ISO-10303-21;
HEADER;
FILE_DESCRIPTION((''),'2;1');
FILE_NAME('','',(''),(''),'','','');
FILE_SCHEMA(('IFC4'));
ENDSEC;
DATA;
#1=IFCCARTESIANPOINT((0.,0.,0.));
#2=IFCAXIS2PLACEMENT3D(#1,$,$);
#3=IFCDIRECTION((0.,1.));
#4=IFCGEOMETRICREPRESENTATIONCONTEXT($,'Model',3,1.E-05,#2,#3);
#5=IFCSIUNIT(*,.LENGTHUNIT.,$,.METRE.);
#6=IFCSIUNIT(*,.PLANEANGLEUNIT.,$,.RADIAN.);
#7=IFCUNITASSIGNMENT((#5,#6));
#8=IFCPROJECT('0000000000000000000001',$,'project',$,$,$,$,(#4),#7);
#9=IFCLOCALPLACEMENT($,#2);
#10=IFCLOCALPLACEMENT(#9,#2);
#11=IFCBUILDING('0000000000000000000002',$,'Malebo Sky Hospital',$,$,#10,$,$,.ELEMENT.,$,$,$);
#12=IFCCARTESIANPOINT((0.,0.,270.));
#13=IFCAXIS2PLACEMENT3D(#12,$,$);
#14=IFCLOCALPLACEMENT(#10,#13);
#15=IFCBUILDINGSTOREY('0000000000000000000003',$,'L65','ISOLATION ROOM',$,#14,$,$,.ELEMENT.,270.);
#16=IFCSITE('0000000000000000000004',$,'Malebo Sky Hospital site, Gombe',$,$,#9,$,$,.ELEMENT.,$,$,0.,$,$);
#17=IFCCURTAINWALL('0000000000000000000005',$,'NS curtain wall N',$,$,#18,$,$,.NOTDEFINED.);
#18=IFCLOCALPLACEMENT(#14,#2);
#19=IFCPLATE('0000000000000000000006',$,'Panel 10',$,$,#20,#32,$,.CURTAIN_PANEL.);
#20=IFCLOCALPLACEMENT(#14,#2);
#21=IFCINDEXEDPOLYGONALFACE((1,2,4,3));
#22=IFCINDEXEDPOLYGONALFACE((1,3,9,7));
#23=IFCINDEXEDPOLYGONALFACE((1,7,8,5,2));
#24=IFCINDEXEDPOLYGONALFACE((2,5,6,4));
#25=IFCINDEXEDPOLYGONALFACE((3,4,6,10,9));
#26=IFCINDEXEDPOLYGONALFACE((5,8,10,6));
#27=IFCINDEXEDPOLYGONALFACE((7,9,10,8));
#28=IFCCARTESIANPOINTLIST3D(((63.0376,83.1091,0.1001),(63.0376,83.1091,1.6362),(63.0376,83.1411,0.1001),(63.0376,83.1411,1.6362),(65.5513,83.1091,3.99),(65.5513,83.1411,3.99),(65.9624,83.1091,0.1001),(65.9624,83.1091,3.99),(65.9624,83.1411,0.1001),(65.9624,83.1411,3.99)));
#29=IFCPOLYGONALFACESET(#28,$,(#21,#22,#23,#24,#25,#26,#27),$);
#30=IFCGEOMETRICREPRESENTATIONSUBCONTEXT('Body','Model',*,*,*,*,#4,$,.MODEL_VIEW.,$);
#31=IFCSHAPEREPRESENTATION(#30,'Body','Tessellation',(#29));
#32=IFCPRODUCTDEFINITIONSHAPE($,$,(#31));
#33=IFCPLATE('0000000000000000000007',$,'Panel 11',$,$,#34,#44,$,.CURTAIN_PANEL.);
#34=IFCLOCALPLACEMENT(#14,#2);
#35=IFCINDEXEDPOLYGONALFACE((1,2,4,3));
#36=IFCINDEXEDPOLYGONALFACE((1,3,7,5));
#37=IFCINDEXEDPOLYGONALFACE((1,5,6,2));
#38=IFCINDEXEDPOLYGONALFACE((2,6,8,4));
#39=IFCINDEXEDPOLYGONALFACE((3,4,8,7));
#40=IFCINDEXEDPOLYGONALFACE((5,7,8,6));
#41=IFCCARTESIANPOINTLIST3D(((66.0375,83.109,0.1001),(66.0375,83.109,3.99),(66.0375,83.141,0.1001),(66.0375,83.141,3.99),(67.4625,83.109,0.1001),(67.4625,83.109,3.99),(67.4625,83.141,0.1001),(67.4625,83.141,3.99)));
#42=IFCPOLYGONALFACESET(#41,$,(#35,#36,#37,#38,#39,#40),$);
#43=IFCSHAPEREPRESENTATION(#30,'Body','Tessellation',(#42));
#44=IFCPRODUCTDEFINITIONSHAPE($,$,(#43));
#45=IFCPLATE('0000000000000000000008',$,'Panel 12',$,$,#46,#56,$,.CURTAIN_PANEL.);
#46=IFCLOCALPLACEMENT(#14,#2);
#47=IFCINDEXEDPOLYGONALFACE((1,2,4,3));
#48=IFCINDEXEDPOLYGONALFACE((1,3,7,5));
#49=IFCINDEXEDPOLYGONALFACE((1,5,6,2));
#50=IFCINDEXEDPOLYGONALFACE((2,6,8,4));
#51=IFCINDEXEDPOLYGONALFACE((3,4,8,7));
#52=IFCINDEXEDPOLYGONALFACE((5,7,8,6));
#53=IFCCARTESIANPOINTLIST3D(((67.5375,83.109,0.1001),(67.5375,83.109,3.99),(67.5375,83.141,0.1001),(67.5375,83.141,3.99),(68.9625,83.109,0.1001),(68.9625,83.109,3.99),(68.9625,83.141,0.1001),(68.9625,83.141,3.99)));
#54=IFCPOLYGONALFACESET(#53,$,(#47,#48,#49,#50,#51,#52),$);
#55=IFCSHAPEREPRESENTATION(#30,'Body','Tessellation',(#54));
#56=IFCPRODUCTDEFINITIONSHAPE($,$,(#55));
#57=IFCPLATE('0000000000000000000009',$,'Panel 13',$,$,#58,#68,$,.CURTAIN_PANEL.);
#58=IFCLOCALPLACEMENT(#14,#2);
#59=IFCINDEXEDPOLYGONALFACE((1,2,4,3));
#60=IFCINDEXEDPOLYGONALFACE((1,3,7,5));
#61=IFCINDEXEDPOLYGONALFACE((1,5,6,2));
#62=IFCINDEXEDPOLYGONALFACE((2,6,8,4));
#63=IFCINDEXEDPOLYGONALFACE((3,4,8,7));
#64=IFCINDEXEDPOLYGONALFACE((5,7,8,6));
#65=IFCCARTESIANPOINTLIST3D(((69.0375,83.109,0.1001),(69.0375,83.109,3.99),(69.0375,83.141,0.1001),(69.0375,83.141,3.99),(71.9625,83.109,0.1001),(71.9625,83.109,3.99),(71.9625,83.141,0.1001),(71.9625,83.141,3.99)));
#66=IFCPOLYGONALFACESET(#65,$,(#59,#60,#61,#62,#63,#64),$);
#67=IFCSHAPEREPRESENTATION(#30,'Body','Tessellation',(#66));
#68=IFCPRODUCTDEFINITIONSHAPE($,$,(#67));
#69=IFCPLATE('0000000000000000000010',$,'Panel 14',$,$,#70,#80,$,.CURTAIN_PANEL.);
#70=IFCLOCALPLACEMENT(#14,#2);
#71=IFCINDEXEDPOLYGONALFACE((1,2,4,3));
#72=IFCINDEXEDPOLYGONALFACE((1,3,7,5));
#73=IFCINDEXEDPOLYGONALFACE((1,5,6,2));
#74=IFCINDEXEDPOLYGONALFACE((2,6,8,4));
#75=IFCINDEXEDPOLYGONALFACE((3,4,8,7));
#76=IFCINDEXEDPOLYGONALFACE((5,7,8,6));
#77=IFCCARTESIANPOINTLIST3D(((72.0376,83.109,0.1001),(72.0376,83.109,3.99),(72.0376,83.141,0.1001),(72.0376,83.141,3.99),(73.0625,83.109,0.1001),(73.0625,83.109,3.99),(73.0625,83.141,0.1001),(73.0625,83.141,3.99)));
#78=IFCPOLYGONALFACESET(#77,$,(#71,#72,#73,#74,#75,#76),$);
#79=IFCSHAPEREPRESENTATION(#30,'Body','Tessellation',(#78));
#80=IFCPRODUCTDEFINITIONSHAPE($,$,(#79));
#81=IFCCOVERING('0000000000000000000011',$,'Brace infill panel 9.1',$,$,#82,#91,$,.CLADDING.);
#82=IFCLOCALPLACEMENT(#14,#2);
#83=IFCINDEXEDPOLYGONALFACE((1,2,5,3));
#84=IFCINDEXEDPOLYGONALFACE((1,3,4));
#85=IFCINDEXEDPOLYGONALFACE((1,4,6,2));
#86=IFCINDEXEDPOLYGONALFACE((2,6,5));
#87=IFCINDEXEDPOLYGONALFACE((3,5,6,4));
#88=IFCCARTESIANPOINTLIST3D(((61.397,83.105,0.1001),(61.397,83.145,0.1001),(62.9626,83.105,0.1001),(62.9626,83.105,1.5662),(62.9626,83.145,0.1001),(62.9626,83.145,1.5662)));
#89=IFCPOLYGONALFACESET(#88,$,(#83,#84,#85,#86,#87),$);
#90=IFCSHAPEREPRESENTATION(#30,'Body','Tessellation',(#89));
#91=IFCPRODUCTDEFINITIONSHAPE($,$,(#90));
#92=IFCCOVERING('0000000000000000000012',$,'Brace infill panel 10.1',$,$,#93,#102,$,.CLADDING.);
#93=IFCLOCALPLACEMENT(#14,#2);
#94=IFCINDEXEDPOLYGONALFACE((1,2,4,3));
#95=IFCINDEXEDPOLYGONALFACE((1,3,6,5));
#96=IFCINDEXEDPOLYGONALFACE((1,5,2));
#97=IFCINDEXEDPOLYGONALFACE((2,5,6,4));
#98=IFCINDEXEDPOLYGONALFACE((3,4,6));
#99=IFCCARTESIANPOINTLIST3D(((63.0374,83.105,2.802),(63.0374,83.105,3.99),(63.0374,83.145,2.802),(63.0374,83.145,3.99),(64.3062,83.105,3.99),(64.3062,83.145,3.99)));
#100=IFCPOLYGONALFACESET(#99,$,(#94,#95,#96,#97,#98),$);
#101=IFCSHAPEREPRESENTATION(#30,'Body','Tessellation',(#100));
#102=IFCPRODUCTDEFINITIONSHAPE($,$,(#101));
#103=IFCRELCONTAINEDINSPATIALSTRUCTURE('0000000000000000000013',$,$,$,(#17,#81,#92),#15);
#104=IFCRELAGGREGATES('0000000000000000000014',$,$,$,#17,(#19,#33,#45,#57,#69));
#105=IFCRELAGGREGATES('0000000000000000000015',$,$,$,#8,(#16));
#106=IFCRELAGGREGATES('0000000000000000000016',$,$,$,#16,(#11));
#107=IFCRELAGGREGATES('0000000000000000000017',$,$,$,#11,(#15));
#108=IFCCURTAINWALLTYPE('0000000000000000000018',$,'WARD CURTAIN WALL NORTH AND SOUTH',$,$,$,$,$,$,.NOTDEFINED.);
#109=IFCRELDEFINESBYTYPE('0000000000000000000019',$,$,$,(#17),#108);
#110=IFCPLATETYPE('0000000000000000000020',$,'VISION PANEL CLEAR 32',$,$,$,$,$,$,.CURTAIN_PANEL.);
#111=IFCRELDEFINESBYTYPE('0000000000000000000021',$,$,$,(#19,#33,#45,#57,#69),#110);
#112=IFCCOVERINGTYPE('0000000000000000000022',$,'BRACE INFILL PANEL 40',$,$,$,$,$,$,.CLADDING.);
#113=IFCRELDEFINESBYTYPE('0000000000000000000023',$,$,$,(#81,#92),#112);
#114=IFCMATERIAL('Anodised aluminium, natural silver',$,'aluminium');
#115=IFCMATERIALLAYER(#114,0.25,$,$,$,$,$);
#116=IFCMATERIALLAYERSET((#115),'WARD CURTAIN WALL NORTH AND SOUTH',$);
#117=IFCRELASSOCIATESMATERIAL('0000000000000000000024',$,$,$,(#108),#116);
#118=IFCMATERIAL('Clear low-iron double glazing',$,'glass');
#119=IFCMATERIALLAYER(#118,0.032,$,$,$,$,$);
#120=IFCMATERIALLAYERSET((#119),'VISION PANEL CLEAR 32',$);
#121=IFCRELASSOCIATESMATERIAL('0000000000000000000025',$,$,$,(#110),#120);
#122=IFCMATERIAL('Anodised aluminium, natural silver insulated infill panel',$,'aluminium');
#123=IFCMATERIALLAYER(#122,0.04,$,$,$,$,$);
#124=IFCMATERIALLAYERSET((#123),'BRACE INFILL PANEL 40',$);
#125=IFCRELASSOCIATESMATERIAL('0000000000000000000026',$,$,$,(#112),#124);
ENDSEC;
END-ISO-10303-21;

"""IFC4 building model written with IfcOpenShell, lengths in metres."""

from ifc_helpers import new_model, si_unit, direction, frame, origin, origin_2d, place, context, subcontext, project, spatial, polyline, rectangle, outline, extrude, material, layer, layer_set, type_object, element, aggregate, save


model = new_model("IFC4")

# Units and contexts
model_context = context("Model", 3, precision=1e-05, world=origin(), true_north=direction((0.0, 1.0)))
body_context = subcontext(model_context, "Body", "Model", "MODEL_VIEW")
ifc_project = project(units=[si_unit("LENGTHUNIT", "METRE"), si_unit("PLANEANGLEUNIT", "RADIAN")], contexts=[model_context])

# Site, building, storey
site_placement = place(None, origin())
site = spatial("IfcSite", under=ifc_project, at=site_placement, Name="Malebo Sky Hospital site, Gombe", CompositionType="ELEMENT", RefElevation=0.0)
building_placement = place(site_placement, origin())
building = spatial("IfcBuilding", under=site, at=building_placement, Name="Malebo Sky Hospital", CompositionType="ELEMENT")
storey_placement = place(building_placement, frame((0.0, 0.0, 270.0)))
storey = spatial("IfcBuildingStorey", under=building, at=storey_placement, Name="L65", Description="ISOLATION ROOM", CompositionType="ELEMENT", Elevation=270.0)

# Curtain wall
ifc_material_1 = material(Name="Anodised aluminium, natural silver", Category="aluminium")
ifc_layer_1 = layer(ifc_material_1, 0.25)
ifc_layer_set_1 = layer_set([ifc_layer_1], Name="WARD CURTAIN WALL NORTH AND SOUTH")
curtain_wall_type = type_object("IfcCurtainWallType", Name="WARD CURTAIN WALL NORTH AND SOUTH", PredefinedType="NOTDEFINED", material=ifc_layer_set_1)
curtain_wall_placement = place(storey_placement, origin())
curtain_wall = element("IfcCurtainWall", 1, at=curtain_wall_placement, inside=storey, type_object=curtain_wall_type, Name="NS curtain wall N", PredefinedType="NOTDEFINED")

# Plates
ifc_material_2 = material(Name="Clear low-iron double glazing", Category="glass")
ifc_layer_2 = layer(ifc_material_2, 0.032)
ifc_layer_set_2 = layer_set([ifc_layer_2], Name="VISION PANEL CLEAR 32")
plate_type = type_object("IfcPlateType", Name="VISION PANEL CLEAR 32", PredefinedType="CURTAIN_PANEL", material=ifc_layer_set_2)
plate_1_placement = place(storey_placement, frame((64.5, 83.125, 0.1001), z_axis=(0.0, 0.0, 1.0), x_axis=(1.0, 0.0, 0.0)))
plate_1 = element("IfcPlate", 2, at=plate_1_placement, type_object=plate_type, Name="Panel 10", PredefinedType="CURTAIN_PANEL", context=body_context, shape_type="SweptSolid", body=[
    extrude(outline(polyline([(-1.4624, 0.0), (1.4624, 0.0), (1.4624, 3.8899), (1.0513, 3.8899), (-1.4624, 1.5361), (-1.4624, 0.0)])), frame((0.0, 0.0161, 0.0), z_axis=(0.0, -1.0, 0.0), x_axis=(1.0, 0.0, 0.0)), (0.0, 0.0, 1.0), 0.032),
])
plate_2_placement = place(storey_placement, frame((66.75, 83.125, 0.1001), z_axis=(0.0, 0.0, 1.0), x_axis=(1.0, 0.0, 0.0)))
plate_2 = element("IfcPlate", 3, at=plate_2_placement, type_object=plate_type, Name="Panel 11", PredefinedType="CURTAIN_PANEL", context=body_context, shape_type="SweptSolid", body=[
    extrude(rectangle(XDim=1.425, YDim=0.032, at=origin_2d()), origin(), (0.0, 0.0, 1.0), 3.8899),
])
plate_3_placement = place(storey_placement, frame((68.25, 83.125, 0.1001), z_axis=(0.0, 0.0, 1.0), x_axis=(1.0, 0.0, 0.0)))
plate_3 = element("IfcPlate", 4, at=plate_3_placement, type_object=plate_type, Name="Panel 12", PredefinedType="CURTAIN_PANEL", context=body_context, shape_type="SweptSolid", body=[
    extrude(rectangle(XDim=1.425, YDim=0.032, at=origin_2d()), origin(), (0.0, 0.0, 1.0), 3.8899),
])
plate_4_placement = place(storey_placement, frame((70.5, 83.125, 0.1001), z_axis=(0.0, 0.0, 1.0), x_axis=(1.0, 0.0, 0.0)))
plate_4 = element("IfcPlate", 5, at=plate_4_placement, type_object=plate_type, Name="Panel 13", PredefinedType="CURTAIN_PANEL", context=body_context, shape_type="SweptSolid", body=[
    extrude(rectangle(XDim=2.925, YDim=0.032, at=origin_2d()), origin(), (0.0, 0.0, 1.0), 3.8899),
])
plate_5_placement = place(storey_placement, frame((72.55, 83.125, 0.1001), z_axis=(0.0, 0.0, 1.0), x_axis=(1.0, 0.0, 0.0)))
plate_5 = element("IfcPlate", 6, at=plate_5_placement, type_object=plate_type, Name="Panel 14", PredefinedType="CURTAIN_PANEL", context=body_context, shape_type="SweptSolid", body=[
    extrude(rectangle(XDim=1.0249, YDim=0.032, at=origin_2d()), origin(), (0.0, 0.0, 1.0), 3.8899),
])
aggregate(curtain_wall, [plate_1, plate_2, plate_3, plate_4, plate_5])

# Coverings
ifc_material_3 = material(Name="Anodised aluminium, natural silver insulated infill panel", Category="aluminium")
ifc_layer_3 = layer(ifc_material_3, 0.04)
ifc_layer_set_3 = layer_set([ifc_layer_3], Name="BRACE INFILL PANEL 40")
covering_type = type_object("IfcCoveringType", Name="BRACE INFILL PANEL 40", PredefinedType="CLADDING", material=ifc_layer_set_3)
covering_1_placement = place(storey_placement, frame((62.1797, 83.125, 0.1001), z_axis=(0.0, 0.0, 1.0), x_axis=(1.0, 0.0, 0.0)))
element("IfcCovering", 7, at=covering_1_placement, inside=storey, type_object=covering_type, Name="Brace infill panel 9.1", PredefinedType="CLADDING", context=body_context, shape_type="SweptSolid", body=[
    extrude(outline(polyline([(-0.7827, 0.0), (0.783, 0.0), (0.783, 1.4661), (-0.7827, 0.0)])), frame((0.0, 0.02, 0.0), z_axis=(0.0, -1.0, 0.0), x_axis=(1.0, 0.0, 0.0)), (0.0, 0.0, 1.0), 0.04),
])
covering_2_placement = place(storey_placement, frame((63.6719, 83.125, 2.802), z_axis=(0.0, 0.0, 1.0), x_axis=(1.0, 0.0, 0.0)))
element("IfcCovering", 8, at=covering_2_placement, inside=storey, type_object=covering_type, Name="Brace infill panel 10.1", PredefinedType="CLADDING", context=body_context, shape_type="SweptSolid", body=[
    extrude(outline(polyline([(-0.6345, 0.0), (0.6343, 1.188), (-0.6345, 1.188), (-0.6345, 0.0)])), frame((0.0, 0.02, 0.0), z_axis=(0.0, -1.0, 0.0), x_axis=(1.0, 0.0, 0.0)), (0.0, 0.0, 1.0), 0.04),
])

save(model, "model.ifc")
